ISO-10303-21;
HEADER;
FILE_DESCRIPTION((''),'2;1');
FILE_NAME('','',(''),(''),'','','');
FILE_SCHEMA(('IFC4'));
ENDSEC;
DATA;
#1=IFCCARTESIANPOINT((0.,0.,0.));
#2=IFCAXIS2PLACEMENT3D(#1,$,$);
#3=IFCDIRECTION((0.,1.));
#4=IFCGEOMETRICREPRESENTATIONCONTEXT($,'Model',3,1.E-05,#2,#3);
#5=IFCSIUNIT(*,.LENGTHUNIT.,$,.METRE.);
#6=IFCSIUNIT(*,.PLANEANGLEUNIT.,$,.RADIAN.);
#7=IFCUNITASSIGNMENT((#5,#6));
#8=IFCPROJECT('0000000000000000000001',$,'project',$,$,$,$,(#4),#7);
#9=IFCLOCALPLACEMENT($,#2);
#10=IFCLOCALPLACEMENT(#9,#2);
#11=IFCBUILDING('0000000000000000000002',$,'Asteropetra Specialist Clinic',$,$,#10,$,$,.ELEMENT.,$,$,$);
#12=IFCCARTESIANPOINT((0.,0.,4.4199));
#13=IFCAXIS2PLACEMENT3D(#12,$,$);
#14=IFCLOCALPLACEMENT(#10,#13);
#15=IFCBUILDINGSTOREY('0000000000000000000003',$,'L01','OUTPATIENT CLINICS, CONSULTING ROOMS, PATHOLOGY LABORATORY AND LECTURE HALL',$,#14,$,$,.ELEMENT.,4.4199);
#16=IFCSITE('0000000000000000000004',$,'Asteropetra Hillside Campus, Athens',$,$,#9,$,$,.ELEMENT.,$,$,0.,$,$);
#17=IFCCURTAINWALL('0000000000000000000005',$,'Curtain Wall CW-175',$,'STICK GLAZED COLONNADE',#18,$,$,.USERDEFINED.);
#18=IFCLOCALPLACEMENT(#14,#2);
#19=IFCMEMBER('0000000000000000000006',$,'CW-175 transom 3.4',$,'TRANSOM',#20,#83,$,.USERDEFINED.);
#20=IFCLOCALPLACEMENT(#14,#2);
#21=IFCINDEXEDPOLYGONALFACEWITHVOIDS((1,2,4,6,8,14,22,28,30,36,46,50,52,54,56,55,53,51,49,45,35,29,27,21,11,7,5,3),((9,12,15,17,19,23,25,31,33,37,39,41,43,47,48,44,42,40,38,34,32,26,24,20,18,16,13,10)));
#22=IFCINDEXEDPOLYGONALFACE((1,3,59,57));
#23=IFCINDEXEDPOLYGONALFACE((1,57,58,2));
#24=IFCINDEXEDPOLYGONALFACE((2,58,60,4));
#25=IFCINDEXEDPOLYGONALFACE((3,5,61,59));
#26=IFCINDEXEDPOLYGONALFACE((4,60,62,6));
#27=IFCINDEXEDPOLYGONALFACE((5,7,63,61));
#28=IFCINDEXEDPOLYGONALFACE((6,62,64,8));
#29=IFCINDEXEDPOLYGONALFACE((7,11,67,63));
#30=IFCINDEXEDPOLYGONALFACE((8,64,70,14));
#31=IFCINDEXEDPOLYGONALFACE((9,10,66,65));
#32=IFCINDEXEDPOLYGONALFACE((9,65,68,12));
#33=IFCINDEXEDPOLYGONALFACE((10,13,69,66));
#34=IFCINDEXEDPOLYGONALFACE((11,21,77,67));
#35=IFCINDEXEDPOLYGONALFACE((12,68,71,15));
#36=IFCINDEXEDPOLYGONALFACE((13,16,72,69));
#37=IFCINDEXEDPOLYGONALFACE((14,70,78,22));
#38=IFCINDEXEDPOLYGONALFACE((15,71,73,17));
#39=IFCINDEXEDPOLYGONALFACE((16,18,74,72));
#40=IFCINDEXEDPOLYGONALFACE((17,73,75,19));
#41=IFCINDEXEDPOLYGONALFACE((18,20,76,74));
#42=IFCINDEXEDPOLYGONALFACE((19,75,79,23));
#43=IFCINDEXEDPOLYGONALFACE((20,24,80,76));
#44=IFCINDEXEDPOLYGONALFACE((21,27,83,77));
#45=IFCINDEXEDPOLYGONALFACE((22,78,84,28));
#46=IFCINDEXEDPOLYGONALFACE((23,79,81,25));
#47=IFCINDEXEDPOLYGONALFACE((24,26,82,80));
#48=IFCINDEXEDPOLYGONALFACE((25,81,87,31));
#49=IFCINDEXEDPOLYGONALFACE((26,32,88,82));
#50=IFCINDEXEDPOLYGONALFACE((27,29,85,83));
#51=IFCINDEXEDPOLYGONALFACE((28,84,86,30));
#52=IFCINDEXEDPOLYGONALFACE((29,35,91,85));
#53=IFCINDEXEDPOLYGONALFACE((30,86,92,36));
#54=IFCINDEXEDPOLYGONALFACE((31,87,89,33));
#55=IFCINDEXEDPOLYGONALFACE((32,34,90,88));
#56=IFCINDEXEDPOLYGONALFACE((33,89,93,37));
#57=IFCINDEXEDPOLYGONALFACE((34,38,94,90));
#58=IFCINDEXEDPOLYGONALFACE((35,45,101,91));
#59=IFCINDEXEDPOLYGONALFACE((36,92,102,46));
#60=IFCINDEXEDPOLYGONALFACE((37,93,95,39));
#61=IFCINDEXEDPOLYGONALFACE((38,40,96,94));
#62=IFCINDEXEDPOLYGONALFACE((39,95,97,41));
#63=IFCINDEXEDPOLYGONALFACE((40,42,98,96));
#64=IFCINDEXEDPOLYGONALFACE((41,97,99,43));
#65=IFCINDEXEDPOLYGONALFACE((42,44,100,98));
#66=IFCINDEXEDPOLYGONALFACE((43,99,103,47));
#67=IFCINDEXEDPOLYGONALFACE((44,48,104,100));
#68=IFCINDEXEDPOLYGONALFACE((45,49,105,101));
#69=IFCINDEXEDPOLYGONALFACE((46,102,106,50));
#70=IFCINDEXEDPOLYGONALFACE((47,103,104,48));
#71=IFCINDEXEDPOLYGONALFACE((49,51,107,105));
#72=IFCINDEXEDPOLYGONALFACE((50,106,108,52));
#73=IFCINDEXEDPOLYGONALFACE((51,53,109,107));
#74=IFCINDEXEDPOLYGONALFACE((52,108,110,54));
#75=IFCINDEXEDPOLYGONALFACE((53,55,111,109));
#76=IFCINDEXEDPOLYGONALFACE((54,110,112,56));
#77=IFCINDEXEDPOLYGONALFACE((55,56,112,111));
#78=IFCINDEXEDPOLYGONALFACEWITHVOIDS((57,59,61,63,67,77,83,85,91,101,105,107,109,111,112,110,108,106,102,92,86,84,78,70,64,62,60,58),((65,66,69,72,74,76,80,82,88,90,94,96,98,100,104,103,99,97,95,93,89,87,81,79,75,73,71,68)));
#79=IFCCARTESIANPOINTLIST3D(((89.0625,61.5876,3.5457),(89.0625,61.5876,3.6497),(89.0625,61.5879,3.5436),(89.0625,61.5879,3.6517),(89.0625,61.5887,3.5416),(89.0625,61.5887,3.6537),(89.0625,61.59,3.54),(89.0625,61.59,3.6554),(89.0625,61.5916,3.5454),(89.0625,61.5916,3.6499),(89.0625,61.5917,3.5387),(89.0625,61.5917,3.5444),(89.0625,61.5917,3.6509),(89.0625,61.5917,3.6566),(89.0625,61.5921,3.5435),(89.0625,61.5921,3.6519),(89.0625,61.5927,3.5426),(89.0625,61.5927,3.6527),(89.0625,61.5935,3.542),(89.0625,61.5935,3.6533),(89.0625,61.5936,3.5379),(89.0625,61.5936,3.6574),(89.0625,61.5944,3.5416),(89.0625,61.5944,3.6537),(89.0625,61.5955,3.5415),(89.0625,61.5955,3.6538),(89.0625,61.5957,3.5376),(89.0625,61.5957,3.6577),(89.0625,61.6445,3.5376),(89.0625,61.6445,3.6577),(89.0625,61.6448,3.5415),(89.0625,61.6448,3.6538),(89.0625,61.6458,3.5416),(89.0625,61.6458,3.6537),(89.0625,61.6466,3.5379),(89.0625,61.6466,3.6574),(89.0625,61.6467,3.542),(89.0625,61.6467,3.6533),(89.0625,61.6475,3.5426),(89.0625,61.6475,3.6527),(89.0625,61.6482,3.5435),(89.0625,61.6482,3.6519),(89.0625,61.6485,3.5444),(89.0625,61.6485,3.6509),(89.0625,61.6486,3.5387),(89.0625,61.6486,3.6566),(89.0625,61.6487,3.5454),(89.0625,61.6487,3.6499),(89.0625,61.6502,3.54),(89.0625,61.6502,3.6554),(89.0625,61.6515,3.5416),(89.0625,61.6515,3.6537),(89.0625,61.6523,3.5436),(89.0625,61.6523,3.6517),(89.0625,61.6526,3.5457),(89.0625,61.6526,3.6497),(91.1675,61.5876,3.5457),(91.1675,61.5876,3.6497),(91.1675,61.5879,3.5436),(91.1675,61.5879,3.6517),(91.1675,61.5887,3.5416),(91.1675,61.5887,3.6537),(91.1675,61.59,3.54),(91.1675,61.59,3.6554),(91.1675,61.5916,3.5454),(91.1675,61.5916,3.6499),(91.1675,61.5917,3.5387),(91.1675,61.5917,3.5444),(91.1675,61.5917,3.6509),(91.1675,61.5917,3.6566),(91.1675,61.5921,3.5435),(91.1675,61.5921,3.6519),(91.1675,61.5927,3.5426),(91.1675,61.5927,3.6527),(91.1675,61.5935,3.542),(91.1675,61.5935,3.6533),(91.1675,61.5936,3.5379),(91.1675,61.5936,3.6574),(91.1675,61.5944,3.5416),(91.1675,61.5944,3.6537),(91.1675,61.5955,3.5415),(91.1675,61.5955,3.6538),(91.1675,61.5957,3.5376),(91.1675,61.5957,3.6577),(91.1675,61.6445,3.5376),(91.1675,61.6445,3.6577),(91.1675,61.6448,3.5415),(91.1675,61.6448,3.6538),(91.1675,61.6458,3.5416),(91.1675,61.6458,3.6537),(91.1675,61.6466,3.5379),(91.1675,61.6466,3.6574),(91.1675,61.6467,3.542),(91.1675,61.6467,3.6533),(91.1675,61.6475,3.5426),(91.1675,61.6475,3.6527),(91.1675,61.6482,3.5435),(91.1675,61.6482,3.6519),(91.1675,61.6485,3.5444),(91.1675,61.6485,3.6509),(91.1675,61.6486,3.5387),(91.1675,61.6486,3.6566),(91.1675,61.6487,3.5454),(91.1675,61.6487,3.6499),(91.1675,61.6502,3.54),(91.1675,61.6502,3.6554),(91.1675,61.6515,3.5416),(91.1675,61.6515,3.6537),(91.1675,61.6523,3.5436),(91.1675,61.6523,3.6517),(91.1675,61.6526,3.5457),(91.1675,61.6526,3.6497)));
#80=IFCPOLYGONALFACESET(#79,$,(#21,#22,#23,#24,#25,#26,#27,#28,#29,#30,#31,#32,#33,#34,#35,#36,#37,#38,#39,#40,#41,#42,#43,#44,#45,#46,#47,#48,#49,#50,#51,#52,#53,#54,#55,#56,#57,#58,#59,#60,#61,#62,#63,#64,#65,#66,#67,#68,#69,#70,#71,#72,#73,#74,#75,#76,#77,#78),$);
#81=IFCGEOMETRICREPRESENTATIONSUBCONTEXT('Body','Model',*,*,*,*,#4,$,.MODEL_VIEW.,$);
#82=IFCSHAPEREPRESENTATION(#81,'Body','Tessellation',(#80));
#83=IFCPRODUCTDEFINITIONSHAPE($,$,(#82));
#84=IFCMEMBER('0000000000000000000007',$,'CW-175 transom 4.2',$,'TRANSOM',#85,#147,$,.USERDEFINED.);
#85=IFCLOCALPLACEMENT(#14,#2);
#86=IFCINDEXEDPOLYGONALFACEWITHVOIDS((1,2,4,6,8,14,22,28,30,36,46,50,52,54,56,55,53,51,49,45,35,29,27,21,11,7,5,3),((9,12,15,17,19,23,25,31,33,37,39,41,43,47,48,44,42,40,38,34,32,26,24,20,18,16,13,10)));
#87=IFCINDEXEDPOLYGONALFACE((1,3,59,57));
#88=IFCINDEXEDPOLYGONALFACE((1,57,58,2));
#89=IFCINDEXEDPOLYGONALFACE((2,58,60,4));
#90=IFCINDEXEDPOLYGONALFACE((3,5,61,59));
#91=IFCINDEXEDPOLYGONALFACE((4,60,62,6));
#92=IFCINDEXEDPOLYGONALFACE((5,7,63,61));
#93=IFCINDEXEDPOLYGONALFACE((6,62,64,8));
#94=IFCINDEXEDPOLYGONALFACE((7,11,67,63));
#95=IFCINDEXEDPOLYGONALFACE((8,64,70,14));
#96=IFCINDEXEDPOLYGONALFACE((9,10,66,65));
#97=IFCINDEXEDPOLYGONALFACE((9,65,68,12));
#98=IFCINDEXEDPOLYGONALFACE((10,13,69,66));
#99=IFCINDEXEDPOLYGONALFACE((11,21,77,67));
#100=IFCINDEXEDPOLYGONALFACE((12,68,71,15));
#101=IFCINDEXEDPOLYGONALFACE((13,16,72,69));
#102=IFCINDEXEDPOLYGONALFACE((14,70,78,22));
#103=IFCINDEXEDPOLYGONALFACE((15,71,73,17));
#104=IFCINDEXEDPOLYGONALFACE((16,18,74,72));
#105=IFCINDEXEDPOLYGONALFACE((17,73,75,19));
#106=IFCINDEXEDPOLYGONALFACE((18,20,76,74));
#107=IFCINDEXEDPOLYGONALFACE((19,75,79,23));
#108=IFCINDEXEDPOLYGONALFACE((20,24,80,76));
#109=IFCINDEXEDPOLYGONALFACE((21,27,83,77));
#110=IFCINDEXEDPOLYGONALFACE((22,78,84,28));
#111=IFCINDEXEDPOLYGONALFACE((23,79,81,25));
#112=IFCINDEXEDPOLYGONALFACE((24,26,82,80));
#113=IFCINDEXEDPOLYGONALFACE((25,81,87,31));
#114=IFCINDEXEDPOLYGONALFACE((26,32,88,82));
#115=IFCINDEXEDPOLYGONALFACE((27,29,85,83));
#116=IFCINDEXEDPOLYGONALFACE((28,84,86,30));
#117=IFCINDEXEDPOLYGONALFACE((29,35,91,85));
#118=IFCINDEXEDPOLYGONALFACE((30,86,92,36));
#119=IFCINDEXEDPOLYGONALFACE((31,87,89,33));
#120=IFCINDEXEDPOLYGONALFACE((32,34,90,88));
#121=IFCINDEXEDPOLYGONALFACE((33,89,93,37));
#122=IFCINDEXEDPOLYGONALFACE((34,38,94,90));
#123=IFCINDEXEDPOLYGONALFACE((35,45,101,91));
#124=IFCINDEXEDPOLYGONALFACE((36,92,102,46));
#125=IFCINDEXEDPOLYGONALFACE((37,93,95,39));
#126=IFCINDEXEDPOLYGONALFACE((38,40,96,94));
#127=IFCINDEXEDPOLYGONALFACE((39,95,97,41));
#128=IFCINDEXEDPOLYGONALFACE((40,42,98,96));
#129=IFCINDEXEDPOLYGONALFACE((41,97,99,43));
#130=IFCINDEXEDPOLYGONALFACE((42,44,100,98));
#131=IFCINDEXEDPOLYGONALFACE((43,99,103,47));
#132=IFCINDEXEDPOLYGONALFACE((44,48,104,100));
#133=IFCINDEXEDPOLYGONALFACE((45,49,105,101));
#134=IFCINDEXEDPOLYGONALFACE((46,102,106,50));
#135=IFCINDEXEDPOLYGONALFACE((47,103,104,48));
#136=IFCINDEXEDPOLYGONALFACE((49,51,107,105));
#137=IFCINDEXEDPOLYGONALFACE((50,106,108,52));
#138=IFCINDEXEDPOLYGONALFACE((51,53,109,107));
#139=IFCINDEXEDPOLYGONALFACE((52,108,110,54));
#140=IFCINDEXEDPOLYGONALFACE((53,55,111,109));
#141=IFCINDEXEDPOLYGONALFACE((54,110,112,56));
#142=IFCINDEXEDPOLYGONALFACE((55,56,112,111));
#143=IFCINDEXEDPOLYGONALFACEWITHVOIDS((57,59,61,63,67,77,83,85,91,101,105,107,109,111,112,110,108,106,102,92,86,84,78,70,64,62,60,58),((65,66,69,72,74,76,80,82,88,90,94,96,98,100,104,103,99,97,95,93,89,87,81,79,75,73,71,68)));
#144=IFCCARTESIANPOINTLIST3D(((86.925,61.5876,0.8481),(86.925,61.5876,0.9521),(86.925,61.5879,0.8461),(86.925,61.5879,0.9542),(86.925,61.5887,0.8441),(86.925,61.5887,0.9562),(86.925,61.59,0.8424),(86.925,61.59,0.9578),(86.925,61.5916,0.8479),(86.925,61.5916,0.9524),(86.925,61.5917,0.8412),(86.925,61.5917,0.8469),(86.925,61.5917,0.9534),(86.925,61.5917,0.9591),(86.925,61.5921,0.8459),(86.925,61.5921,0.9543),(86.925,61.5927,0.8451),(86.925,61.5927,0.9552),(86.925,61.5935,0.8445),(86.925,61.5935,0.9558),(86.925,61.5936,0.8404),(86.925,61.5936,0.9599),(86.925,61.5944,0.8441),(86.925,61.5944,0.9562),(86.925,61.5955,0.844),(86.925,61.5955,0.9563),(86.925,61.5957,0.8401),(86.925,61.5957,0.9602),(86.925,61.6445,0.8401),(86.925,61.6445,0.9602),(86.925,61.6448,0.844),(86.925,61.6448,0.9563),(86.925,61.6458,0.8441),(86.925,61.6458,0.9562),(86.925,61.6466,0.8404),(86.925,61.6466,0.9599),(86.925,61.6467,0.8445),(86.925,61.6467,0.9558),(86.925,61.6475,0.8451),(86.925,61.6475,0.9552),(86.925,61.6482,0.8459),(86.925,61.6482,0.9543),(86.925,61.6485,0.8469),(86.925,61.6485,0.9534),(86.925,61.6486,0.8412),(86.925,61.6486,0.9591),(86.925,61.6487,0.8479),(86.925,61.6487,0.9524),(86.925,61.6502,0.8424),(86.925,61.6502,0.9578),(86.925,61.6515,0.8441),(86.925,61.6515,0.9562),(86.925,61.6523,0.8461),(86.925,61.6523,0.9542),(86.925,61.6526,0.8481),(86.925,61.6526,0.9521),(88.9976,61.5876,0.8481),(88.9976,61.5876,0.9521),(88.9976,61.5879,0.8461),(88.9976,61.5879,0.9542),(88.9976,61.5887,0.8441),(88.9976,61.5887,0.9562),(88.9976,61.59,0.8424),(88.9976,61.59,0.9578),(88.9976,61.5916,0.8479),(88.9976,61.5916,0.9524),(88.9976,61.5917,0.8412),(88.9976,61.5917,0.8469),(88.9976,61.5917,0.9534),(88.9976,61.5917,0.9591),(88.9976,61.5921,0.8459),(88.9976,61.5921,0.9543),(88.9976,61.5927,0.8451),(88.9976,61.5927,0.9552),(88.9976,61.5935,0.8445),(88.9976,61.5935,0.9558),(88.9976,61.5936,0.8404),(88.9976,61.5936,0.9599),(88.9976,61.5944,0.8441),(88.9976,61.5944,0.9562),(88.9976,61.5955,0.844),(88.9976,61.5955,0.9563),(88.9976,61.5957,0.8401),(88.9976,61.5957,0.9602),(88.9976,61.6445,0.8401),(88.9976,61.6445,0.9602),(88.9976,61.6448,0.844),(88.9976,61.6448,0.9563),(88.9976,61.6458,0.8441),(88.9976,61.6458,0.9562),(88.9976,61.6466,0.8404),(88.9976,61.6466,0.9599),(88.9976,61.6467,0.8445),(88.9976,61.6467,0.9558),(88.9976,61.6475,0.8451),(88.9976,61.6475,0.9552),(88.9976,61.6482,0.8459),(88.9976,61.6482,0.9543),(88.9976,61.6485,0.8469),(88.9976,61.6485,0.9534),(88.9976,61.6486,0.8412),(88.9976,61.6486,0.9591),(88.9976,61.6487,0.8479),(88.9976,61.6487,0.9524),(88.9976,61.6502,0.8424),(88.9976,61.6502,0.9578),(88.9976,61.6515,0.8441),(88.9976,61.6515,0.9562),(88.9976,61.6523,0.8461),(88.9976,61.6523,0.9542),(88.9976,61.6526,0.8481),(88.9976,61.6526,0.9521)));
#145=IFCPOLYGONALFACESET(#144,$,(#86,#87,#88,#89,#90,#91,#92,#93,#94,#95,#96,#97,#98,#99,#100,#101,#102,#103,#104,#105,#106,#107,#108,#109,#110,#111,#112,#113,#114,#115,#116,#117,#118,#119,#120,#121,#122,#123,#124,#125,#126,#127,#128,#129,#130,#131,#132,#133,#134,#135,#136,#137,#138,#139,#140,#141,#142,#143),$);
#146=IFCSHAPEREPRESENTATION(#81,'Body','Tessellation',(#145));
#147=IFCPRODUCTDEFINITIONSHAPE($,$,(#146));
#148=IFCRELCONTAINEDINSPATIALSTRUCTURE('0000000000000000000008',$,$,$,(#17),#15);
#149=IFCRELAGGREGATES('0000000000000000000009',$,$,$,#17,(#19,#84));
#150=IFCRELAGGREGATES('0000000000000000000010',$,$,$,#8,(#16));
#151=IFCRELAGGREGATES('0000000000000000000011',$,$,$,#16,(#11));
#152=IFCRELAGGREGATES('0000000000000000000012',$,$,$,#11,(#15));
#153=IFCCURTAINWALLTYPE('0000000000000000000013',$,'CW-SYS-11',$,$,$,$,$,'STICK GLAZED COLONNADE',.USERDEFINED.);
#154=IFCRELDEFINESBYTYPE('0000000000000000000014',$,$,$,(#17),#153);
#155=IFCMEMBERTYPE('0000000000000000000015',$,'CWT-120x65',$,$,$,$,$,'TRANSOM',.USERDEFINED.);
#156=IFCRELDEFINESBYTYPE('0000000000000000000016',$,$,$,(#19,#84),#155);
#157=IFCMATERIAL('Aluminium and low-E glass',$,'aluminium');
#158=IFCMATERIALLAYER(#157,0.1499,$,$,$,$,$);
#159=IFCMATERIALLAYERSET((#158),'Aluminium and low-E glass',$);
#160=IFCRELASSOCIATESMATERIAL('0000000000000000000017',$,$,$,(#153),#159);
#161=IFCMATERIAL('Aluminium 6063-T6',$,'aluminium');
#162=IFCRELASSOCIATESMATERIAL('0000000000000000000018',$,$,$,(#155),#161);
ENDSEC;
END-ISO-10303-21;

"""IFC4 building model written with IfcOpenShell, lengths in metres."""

from ifc_helpers import new_model, si_unit, direction, frame, origin, origin_2d, place, context, subcontext, project, spatial, hollow_rectangle, extrude, material, layer, layer_set, material_profile, profile_set, type_object, element, aggregate, save


model = new_model("IFC4")

# Units and contexts
model_context = context("Model", 3, precision=1e-05, world=origin(), true_north=direction((0.0, 1.0)))
body_context = subcontext(model_context, "Body", "Model", "MODEL_VIEW")
ifc_project = project(units=[si_unit("LENGTHUNIT", "METRE"), si_unit("PLANEANGLEUNIT", "RADIAN")], contexts=[model_context])

# Site, building, storey
site_placement = place(None, origin())
site = spatial("IfcSite", under=ifc_project, at=site_placement, Name="Asteropetra Hillside Campus, Athens", CompositionType="ELEMENT", RefElevation=0.0)
building_placement = place(site_placement, origin())
building = spatial("IfcBuilding", under=site, at=building_placement, Name="Asteropetra Specialist Clinic", CompositionType="ELEMENT")
storey_placement = place(building_placement, frame((0.0, 0.0, 4.4199)))
storey = spatial("IfcBuildingStorey", under=building, at=storey_placement, Name="L01", Description="OUTPATIENT CLINICS, CONSULTING ROOMS, PATHOLOGY LABORATORY AND LECTURE HALL", CompositionType="ELEMENT", Elevation=4.4199)

# Curtain wall, members
ifc_material_1 = material(Name="Aluminium and low-E glass", Category="aluminium")
ifc_layer_1 = layer(ifc_material_1, 0.1499)
ifc_layer_set_1 = layer_set([ifc_layer_1], Name="Aluminium and low-E glass")
curtain_wall_type = type_object("IfcCurtainWallType", Name="CW-SYS-11", ElementType="STICK GLAZED COLONNADE", PredefinedType="USERDEFINED", material=ifc_layer_set_1)
curtain_wall_placement = place(storey_placement, origin())
curtain_wall = element("IfcCurtainWall", 1, at=curtain_wall_placement, inside=storey, type_object=curtain_wall_type, Name="Curtain Wall CW-175", ObjectType="STICK GLAZED COLONNADE", PredefinedType="USERDEFINED")
ifc_material_2 = material(Name="Aluminium 6063-T6", Category="aluminium")
ifc_material_profile_1 = material_profile(ifc_material_2, hollow_rectangle(XDim=0.0649, YDim=0.1201, WallThickness=0.0039, InnerFilletRadius=0.0039, OuterFilletRadius=0.0081, at=origin_2d()), Name="TRN 120x65x4.0")
ifc_profile_set_1 = profile_set([ifc_material_profile_1], Name="Aluminium 6063-T6")
member_type_1 = type_object("IfcMemberType", Name="CWT-120x65", ElementType="TRANSOM", PredefinedType="USERDEFINED", material=ifc_profile_set_1)
member_1_placement = place(storey_placement, frame((91.1675, 61.6201, 3.5977), z_axis=(-1.0, 0.0, 0.0), x_axis=(0.0, -1.0, 0.0)))
member_1 = element("IfcMember", 2, at=member_1_placement, type_object=member_type_1, Name="CW-175 transom 3.4", ObjectType="TRANSOM", PredefinedType="USERDEFINED", context=body_context, shape_type="SweptSolid", body=[
    extrude(hollow_rectangle(XDim=0.0649, YDim=0.1201, WallThickness=0.0039, InnerFilletRadius=0.0039, OuterFilletRadius=0.0081, at=origin_2d()), origin(), (0.0, 0.0, 1.0), 2.105),
])
member_2_placement = place(storey_placement, frame((88.9976, 61.6201, 0.9001), z_axis=(-1.0, 0.0, 0.0), x_axis=(0.0, -1.0, 0.0)))
member_2 = element("IfcMember", 3, at=member_2_placement, type_object=member_type_1, Name="CW-175 transom 4.2", ObjectType="TRANSOM", PredefinedType="USERDEFINED", context=body_context, shape_type="SweptSolid", body=[
    extrude(hollow_rectangle(XDim=0.0649, YDim=0.1201, WallThickness=0.0039, InnerFilletRadius=0.0039, OuterFilletRadius=0.0081, at=origin_2d()), origin(), (0.0, 0.0, 1.0), 2.0725),
])
aggregate(curtain_wall, [member_1, member_2])

save(model, "model.ifc")
